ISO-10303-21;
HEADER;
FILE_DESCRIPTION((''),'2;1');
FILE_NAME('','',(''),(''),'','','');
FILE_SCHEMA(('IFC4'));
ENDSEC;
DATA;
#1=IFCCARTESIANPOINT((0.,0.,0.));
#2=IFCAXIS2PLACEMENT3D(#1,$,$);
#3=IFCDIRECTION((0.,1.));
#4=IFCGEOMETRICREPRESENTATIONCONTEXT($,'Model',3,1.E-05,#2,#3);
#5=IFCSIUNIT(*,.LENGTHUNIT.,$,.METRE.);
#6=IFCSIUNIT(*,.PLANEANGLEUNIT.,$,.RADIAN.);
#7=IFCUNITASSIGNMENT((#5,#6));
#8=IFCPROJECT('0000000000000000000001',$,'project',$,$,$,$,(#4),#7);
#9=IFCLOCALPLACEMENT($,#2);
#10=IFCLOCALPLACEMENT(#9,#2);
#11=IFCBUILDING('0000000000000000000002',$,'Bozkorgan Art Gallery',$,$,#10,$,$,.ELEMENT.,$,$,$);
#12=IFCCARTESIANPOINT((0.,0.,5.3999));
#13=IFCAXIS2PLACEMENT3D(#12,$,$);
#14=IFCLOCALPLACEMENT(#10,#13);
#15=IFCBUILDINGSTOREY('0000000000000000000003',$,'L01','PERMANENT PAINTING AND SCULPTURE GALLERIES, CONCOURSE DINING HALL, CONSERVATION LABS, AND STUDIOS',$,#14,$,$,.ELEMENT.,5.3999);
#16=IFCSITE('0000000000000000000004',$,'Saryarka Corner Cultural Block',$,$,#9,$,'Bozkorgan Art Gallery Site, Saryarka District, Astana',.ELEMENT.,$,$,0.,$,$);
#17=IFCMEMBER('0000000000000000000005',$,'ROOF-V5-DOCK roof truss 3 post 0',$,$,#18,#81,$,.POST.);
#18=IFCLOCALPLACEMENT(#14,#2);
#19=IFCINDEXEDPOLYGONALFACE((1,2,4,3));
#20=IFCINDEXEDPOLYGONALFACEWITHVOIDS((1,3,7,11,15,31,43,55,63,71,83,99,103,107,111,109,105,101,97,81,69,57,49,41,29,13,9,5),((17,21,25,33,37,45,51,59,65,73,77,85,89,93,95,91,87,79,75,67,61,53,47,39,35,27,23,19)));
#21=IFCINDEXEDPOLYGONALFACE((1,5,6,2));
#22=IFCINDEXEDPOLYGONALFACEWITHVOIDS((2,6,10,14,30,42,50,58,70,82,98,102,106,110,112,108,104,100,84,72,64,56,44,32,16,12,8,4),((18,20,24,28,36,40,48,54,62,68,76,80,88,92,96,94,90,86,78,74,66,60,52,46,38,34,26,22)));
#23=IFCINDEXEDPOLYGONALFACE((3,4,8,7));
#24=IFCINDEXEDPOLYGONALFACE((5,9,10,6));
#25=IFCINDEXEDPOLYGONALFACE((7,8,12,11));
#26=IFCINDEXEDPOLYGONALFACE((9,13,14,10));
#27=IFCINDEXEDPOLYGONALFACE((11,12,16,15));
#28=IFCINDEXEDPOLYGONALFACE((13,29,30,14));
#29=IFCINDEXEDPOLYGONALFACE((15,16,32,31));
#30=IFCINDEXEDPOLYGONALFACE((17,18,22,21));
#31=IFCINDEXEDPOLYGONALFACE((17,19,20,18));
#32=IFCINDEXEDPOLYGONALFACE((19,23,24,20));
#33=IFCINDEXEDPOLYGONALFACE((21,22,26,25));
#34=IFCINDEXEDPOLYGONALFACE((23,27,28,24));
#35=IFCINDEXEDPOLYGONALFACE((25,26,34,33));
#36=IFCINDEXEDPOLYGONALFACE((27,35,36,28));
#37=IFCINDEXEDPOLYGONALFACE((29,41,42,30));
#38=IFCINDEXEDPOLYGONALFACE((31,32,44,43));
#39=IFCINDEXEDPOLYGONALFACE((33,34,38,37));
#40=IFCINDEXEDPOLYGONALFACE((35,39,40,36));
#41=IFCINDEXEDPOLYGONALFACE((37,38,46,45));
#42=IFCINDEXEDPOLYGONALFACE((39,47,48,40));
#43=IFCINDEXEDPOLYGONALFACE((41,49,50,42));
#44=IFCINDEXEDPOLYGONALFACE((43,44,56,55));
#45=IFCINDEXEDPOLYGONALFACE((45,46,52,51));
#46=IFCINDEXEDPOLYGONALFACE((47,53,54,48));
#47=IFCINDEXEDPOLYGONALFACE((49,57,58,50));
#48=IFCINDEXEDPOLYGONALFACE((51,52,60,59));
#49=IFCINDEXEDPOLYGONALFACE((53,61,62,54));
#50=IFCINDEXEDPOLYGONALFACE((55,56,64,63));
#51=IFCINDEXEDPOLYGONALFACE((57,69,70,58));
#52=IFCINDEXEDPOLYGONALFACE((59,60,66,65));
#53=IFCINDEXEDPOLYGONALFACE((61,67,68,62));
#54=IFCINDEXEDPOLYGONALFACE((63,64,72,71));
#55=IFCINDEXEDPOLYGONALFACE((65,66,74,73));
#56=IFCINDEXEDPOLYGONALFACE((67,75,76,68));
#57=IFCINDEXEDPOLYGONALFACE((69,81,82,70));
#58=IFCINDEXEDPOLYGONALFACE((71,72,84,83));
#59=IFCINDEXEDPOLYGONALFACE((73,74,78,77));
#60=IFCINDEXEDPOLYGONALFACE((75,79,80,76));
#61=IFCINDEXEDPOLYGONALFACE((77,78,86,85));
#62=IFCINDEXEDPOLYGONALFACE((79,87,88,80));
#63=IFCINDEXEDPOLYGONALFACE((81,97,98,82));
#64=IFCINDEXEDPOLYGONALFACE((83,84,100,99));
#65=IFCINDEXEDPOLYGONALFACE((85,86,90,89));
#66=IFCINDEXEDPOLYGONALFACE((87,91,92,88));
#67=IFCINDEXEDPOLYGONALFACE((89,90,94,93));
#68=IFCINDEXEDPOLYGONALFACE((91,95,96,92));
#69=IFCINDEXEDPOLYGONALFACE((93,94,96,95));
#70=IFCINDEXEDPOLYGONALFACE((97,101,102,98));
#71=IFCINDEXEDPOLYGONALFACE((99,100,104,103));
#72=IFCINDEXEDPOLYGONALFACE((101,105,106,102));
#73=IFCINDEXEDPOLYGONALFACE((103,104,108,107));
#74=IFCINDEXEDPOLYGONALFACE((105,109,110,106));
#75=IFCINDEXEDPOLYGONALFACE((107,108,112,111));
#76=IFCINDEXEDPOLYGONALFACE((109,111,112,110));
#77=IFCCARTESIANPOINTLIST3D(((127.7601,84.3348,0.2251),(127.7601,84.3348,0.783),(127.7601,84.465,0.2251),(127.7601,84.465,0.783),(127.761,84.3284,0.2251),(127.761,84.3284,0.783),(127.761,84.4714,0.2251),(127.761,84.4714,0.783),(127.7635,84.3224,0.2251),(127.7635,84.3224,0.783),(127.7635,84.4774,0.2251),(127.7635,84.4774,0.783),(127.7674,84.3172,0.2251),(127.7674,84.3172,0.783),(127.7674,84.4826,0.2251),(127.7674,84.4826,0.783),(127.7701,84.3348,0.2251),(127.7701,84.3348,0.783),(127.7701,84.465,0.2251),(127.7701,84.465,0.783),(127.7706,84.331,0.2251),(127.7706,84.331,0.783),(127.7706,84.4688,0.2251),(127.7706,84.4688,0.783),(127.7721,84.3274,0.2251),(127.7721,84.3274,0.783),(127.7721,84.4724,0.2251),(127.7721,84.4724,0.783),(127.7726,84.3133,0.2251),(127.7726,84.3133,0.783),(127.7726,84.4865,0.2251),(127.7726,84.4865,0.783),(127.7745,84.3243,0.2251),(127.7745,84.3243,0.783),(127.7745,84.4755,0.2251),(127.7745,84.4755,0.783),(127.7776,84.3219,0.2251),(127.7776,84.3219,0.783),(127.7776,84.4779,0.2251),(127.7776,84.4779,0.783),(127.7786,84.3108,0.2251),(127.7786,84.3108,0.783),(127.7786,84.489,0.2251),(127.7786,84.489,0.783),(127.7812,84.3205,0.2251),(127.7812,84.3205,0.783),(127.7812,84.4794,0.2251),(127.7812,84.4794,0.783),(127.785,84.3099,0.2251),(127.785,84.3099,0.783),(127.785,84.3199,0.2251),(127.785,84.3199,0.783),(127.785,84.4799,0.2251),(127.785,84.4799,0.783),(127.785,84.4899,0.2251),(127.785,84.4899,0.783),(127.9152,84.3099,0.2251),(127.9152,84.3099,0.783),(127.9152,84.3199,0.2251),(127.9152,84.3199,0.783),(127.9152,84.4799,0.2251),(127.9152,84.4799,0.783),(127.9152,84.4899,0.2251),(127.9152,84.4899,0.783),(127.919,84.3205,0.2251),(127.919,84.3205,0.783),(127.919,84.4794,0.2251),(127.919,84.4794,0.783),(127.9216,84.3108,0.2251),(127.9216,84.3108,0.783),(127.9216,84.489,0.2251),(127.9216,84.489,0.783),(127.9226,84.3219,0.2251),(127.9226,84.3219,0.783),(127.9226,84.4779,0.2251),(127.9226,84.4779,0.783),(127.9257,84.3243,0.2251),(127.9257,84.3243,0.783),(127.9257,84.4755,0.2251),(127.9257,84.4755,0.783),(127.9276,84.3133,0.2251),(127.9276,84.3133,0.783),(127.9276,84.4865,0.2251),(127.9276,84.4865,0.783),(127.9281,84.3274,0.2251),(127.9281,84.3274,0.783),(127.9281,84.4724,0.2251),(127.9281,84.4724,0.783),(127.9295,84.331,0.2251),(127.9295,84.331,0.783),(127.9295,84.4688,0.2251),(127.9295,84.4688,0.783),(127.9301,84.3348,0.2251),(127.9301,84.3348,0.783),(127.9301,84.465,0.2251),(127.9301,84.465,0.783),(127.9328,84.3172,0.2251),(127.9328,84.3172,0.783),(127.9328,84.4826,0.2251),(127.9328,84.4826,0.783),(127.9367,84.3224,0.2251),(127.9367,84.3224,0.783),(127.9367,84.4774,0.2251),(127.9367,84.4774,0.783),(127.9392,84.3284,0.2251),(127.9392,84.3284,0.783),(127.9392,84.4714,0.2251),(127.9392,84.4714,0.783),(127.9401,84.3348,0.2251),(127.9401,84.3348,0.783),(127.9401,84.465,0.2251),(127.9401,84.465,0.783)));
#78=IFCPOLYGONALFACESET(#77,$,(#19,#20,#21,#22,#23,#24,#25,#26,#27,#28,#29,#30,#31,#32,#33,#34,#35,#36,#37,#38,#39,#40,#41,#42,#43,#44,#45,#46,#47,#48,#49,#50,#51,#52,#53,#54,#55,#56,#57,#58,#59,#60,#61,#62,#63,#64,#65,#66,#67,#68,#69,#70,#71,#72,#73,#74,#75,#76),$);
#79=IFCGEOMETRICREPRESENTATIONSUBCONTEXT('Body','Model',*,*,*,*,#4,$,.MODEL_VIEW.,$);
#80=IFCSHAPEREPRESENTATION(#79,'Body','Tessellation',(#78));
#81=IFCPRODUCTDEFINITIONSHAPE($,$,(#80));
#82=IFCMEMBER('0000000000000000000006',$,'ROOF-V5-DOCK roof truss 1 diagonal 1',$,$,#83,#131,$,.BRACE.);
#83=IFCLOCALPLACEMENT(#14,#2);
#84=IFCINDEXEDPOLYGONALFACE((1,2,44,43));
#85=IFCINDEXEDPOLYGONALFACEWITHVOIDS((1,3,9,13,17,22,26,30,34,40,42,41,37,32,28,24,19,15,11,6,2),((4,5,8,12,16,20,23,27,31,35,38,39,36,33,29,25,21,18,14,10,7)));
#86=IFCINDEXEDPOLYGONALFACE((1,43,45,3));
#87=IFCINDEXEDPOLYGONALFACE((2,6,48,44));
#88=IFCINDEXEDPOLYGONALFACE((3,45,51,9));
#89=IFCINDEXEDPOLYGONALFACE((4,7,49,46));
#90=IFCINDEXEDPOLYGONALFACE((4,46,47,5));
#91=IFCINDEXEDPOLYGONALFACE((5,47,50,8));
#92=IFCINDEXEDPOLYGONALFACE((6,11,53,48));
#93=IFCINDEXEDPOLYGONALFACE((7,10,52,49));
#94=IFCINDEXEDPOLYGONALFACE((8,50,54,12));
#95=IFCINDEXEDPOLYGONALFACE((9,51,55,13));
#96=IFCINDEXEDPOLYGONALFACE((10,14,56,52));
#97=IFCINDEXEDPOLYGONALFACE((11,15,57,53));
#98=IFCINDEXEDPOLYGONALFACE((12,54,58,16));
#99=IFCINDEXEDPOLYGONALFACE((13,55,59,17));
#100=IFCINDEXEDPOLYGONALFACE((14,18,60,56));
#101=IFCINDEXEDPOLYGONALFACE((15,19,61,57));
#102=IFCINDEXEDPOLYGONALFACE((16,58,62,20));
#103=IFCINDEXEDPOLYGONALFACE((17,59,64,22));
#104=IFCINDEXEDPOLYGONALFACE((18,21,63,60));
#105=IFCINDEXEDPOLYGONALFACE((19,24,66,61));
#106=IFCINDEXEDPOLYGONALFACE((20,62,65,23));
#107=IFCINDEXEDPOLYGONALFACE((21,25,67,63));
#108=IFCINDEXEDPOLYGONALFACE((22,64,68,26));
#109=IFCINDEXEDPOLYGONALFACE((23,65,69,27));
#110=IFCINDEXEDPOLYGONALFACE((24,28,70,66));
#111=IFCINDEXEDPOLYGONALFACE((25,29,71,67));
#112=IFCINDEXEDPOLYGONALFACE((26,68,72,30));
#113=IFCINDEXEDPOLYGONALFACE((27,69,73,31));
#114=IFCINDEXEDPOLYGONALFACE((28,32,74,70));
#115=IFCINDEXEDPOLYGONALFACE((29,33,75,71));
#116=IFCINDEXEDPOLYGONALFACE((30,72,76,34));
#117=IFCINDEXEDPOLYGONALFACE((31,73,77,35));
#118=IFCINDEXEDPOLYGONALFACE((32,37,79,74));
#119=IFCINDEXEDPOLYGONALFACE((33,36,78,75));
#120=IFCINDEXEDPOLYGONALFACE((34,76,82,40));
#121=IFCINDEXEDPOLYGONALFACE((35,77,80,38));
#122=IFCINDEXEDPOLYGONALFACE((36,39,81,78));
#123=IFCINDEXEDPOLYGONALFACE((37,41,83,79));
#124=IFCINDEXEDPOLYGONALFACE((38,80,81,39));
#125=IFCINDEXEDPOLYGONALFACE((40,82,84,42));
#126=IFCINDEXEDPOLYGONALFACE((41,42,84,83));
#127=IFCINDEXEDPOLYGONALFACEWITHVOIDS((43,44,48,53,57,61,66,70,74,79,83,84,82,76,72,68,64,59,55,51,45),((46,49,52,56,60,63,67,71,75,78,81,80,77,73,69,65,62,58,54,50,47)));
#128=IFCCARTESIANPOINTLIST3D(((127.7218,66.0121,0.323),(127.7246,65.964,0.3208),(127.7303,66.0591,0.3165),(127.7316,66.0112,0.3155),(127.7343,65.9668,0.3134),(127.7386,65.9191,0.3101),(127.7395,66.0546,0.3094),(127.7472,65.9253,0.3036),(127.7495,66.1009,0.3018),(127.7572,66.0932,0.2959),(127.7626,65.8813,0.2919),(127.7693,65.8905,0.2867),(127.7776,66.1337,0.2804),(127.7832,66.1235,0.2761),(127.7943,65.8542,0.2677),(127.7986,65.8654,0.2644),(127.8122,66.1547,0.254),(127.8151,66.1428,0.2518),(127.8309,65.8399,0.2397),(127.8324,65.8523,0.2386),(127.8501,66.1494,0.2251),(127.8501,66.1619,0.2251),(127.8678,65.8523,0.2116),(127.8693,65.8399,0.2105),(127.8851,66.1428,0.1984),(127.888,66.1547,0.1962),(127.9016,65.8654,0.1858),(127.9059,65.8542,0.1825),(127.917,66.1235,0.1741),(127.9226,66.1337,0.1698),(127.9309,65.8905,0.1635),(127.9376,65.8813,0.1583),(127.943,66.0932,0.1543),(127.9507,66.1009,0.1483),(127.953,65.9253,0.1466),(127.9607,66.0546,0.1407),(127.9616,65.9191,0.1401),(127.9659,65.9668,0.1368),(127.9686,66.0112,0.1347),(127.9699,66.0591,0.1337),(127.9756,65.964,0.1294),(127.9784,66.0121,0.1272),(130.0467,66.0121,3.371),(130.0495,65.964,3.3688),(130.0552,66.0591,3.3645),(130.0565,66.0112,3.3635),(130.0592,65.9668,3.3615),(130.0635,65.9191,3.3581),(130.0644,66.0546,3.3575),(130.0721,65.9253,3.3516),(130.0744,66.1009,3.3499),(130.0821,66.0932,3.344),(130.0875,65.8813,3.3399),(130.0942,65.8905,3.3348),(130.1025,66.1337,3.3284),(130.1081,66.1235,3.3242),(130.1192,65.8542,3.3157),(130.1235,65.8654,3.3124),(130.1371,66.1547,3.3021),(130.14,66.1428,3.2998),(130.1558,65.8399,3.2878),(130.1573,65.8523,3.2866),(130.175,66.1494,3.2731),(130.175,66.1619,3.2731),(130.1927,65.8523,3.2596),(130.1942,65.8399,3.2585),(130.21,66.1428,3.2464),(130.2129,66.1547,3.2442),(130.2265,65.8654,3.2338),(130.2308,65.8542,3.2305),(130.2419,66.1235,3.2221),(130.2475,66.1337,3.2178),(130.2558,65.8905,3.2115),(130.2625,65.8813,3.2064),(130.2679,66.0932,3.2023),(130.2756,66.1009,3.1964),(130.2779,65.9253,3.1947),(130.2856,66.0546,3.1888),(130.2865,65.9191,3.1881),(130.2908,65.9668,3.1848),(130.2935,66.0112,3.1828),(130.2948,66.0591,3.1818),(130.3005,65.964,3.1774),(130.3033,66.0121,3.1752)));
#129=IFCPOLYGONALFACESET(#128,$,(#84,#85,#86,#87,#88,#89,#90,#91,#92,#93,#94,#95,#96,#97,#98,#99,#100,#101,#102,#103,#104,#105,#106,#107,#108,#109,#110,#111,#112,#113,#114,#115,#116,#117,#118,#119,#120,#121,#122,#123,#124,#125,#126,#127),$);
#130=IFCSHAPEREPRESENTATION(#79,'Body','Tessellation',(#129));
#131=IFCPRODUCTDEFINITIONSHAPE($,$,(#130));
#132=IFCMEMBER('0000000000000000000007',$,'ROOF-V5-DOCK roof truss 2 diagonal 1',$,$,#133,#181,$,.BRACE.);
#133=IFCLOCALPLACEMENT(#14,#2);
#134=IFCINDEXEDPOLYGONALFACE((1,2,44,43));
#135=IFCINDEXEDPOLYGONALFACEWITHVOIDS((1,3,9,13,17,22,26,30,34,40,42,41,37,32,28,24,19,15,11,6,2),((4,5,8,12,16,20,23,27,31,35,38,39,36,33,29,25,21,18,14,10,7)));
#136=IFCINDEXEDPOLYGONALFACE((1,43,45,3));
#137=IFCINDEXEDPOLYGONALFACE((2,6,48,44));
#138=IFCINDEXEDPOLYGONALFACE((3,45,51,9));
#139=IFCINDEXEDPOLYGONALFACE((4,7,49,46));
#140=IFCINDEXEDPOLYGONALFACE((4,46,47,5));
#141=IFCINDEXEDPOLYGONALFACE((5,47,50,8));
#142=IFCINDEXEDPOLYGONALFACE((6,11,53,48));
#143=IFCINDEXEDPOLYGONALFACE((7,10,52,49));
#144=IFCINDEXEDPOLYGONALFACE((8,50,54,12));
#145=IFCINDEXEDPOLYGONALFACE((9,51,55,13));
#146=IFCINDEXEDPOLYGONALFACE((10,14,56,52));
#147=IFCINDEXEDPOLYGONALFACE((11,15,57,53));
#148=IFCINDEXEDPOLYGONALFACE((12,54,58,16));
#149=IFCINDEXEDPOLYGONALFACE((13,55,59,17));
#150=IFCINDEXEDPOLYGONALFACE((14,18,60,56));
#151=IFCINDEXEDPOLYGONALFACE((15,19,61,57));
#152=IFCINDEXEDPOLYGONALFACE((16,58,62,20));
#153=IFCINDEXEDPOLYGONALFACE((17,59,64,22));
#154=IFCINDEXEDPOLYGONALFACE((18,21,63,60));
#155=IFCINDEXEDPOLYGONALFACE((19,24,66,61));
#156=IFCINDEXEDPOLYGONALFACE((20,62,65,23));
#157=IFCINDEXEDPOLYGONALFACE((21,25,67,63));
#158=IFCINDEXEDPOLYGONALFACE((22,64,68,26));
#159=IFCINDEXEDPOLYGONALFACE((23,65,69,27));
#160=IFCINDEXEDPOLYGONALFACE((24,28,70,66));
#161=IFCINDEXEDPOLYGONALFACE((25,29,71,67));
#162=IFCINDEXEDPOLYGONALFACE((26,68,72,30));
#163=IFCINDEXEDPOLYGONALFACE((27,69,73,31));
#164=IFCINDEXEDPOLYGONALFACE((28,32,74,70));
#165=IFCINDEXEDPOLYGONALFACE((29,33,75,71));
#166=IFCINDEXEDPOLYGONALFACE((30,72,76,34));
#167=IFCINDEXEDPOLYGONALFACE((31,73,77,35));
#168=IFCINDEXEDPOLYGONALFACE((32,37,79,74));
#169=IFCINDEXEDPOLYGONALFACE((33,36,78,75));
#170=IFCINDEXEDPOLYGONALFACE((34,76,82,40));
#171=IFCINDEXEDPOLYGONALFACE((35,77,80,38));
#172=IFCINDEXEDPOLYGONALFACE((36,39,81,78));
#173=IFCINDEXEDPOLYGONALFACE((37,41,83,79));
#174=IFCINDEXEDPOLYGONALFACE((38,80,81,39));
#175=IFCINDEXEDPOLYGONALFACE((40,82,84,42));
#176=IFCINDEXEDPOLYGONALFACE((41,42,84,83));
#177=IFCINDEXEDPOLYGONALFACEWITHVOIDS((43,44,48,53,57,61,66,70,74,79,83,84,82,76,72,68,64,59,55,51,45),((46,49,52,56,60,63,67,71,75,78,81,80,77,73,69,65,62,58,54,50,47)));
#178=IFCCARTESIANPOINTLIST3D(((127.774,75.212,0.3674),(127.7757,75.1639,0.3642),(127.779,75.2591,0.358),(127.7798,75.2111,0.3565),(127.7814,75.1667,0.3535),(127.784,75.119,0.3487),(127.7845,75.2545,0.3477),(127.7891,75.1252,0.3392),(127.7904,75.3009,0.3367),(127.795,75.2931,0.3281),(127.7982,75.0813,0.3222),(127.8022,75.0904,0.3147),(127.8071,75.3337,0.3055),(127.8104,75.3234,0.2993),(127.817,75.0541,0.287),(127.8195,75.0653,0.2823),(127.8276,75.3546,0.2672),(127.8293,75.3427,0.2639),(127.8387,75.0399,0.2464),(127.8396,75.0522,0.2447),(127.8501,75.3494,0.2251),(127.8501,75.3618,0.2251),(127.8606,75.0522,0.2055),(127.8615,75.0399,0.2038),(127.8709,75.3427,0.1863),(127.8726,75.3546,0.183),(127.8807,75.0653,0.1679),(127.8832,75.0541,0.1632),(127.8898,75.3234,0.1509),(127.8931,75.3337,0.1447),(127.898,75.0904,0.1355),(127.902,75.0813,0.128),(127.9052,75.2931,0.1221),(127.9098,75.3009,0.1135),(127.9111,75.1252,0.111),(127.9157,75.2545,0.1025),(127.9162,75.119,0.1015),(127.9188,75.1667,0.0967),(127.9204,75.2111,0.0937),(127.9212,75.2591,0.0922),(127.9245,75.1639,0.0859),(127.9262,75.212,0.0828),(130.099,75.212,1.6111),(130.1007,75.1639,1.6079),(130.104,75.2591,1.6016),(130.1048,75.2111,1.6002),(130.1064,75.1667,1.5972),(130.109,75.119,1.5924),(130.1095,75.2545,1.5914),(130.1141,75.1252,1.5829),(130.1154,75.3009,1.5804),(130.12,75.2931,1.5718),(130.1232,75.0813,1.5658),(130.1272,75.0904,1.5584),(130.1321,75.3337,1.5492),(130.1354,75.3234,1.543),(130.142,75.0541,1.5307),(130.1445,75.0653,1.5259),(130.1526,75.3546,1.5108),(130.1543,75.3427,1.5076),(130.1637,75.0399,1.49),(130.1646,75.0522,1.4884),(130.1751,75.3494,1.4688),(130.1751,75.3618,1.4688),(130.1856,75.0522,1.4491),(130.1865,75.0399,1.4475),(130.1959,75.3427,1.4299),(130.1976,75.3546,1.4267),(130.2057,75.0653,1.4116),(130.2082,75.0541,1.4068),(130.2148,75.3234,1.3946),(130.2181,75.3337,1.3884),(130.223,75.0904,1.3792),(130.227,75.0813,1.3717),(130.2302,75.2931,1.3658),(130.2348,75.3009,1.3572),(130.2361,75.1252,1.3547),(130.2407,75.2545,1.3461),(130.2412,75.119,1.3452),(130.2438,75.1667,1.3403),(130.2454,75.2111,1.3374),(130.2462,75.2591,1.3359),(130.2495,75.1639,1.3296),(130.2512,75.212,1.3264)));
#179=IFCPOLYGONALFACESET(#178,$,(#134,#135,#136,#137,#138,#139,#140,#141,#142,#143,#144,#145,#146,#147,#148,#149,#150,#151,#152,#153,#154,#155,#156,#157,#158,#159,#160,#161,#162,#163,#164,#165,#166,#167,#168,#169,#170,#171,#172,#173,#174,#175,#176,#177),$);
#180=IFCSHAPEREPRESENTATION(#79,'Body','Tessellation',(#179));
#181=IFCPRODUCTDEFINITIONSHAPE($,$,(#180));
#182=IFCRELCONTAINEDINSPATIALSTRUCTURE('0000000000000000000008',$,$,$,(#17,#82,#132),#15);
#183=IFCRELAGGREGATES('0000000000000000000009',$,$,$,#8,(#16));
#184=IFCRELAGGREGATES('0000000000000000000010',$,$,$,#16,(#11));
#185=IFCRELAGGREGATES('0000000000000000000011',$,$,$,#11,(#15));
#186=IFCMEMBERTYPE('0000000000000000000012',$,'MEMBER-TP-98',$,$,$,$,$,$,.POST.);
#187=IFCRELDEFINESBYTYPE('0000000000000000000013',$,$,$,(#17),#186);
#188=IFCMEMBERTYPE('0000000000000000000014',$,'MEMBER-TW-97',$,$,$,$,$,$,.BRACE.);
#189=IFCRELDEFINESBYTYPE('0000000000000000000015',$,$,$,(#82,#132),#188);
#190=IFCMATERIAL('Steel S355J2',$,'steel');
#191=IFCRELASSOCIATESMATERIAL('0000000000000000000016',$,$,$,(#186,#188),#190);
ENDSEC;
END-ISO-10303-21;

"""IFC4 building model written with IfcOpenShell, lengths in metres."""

from ifc_helpers import new_model, si_unit, direction, frame, origin, origin_2d, place, context, subcontext, project, spatial, hollow_rectangle, hollow_circle, extrude, material, material_profile, profile_set, type_object, element, save


model = new_model("IFC4")

# Units and contexts
model_context = context("Model", 3, precision=1e-05, world=origin(), true_north=direction((0.0, 1.0)))
body_context = subcontext(model_context, "Body", "Model", "MODEL_VIEW")
ifc_project = project(units=[si_unit("LENGTHUNIT", "METRE"), si_unit("PLANEANGLEUNIT", "RADIAN")], contexts=[model_context])

# Site, building, storey
site_placement = place(None, origin())
site = spatial("IfcSite", under=ifc_project, at=site_placement, Name="Saryarka Corner Cultural Block", LongName="Bozkorgan Art Gallery Site, Saryarka District, Astana", CompositionType="ELEMENT", RefElevation=0.0)
building_placement = place(site_placement, origin())
building = spatial("IfcBuilding", under=site, at=building_placement, Name="Bozkorgan Art Gallery", CompositionType="ELEMENT")
storey_placement = place(building_placement, frame((0.0, 0.0, 5.3999)))
storey = spatial("IfcBuildingStorey", under=building, at=storey_placement, Name="L01", Description="PERMANENT PAINTING AND SCULPTURE GALLERIES, CONCOURSE DINING HALL, CONSERVATION LABS, AND STUDIOS", CompositionType="ELEMENT", Elevation=5.3999)

# Shared definitions
ifc_material_1 = material(Name="Steel S355J2", Category="steel")

# Members
ifc_material_profile_1 = material_profile(ifc_material_1, hollow_rectangle(XDim=0.1799, YDim=0.1799, WallThickness=0.01, InnerFilletRadius=0.0149, OuterFilletRadius=0.0249, at=origin_2d()), Name="SHS 180x180x10")
ifc_profile_set_1 = profile_set([ifc_material_profile_1], Name="Steel S355J2")
member_type_1 = type_object("IfcMemberType", Name="MEMBER-TP-98", PredefinedType="POST", material=ifc_profile_set_1)
member_1_placement = place(storey_placement, frame((127.8501, 84.3999, 0.2251), z_axis=(0.0, 0.0, 1.0), x_axis=(1.0, 0.0, 0.0)))
element("IfcMember", 1, at=member_1_placement, inside=storey, type_object=member_type_1, Name="ROOF-V5-DOCK roof truss 3 post 0", PredefinedType="POST", context=body_context, shape_type="SweptSolid", body=[
    extrude(hollow_rectangle(XDim=0.1799, YDim=0.1799, WallThickness=0.01, InnerFilletRadius=0.0149, OuterFilletRadius=0.0249, at=origin_2d()), origin(), (0.0, 0.0, 1.0), 0.5579),
])
ifc_material_profile_2 = material_profile(ifc_material_1, hollow_circle(Radius=0.1619, WallThickness=0.0125, at=origin_2d()), Name="CHS 323.9x12.5")
ifc_profile_set_2 = profile_set([ifc_material_profile_2], Name="Steel S355J2")
member_type_2 = type_object("IfcMemberType", Name="MEMBER-TW-97", PredefinedType="BRACE", material=ifc_profile_set_2)
member_2_placement = place(storey_placement, frame((127.8501, 66.0, 0.2251), z_axis=(0.606471, 0.0, 0.795106), x_axis=(0.0, 1.0, 0.0)))
element("IfcMember", 2, at=member_2_placement, inside=storey, type_object=member_type_2, Name="ROOF-V5-DOCK roof truss 1 diagonal 1", PredefinedType="BRACE", context=body_context, shape_type="SweptSolid", body=[
    extrude(hollow_circle(Radius=0.1619, WallThickness=0.0125, at=origin_2d()), origin(), (0.0, 0.0, 1.0), 3.8335),
])
member_3_placement = place(storey_placement, frame((127.8501, 75.2, 0.2251), z_axis=(0.881773, 0.0, 0.471674), x_axis=(0.0, 1.0, 0.0)))
element("IfcMember", 3, at=member_3_placement, inside=storey, type_object=member_type_2, Name="ROOF-V5-DOCK roof truss 2 diagonal 1", PredefinedType="BRACE", context=body_context, shape_type="SweptSolid", body=[
    extrude(hollow_circle(Radius=0.1619, WallThickness=0.0125, at=origin_2d()), origin(), (0.0, 0.0, 1.0), 2.6367),
])

save(model, "model.ifc")
